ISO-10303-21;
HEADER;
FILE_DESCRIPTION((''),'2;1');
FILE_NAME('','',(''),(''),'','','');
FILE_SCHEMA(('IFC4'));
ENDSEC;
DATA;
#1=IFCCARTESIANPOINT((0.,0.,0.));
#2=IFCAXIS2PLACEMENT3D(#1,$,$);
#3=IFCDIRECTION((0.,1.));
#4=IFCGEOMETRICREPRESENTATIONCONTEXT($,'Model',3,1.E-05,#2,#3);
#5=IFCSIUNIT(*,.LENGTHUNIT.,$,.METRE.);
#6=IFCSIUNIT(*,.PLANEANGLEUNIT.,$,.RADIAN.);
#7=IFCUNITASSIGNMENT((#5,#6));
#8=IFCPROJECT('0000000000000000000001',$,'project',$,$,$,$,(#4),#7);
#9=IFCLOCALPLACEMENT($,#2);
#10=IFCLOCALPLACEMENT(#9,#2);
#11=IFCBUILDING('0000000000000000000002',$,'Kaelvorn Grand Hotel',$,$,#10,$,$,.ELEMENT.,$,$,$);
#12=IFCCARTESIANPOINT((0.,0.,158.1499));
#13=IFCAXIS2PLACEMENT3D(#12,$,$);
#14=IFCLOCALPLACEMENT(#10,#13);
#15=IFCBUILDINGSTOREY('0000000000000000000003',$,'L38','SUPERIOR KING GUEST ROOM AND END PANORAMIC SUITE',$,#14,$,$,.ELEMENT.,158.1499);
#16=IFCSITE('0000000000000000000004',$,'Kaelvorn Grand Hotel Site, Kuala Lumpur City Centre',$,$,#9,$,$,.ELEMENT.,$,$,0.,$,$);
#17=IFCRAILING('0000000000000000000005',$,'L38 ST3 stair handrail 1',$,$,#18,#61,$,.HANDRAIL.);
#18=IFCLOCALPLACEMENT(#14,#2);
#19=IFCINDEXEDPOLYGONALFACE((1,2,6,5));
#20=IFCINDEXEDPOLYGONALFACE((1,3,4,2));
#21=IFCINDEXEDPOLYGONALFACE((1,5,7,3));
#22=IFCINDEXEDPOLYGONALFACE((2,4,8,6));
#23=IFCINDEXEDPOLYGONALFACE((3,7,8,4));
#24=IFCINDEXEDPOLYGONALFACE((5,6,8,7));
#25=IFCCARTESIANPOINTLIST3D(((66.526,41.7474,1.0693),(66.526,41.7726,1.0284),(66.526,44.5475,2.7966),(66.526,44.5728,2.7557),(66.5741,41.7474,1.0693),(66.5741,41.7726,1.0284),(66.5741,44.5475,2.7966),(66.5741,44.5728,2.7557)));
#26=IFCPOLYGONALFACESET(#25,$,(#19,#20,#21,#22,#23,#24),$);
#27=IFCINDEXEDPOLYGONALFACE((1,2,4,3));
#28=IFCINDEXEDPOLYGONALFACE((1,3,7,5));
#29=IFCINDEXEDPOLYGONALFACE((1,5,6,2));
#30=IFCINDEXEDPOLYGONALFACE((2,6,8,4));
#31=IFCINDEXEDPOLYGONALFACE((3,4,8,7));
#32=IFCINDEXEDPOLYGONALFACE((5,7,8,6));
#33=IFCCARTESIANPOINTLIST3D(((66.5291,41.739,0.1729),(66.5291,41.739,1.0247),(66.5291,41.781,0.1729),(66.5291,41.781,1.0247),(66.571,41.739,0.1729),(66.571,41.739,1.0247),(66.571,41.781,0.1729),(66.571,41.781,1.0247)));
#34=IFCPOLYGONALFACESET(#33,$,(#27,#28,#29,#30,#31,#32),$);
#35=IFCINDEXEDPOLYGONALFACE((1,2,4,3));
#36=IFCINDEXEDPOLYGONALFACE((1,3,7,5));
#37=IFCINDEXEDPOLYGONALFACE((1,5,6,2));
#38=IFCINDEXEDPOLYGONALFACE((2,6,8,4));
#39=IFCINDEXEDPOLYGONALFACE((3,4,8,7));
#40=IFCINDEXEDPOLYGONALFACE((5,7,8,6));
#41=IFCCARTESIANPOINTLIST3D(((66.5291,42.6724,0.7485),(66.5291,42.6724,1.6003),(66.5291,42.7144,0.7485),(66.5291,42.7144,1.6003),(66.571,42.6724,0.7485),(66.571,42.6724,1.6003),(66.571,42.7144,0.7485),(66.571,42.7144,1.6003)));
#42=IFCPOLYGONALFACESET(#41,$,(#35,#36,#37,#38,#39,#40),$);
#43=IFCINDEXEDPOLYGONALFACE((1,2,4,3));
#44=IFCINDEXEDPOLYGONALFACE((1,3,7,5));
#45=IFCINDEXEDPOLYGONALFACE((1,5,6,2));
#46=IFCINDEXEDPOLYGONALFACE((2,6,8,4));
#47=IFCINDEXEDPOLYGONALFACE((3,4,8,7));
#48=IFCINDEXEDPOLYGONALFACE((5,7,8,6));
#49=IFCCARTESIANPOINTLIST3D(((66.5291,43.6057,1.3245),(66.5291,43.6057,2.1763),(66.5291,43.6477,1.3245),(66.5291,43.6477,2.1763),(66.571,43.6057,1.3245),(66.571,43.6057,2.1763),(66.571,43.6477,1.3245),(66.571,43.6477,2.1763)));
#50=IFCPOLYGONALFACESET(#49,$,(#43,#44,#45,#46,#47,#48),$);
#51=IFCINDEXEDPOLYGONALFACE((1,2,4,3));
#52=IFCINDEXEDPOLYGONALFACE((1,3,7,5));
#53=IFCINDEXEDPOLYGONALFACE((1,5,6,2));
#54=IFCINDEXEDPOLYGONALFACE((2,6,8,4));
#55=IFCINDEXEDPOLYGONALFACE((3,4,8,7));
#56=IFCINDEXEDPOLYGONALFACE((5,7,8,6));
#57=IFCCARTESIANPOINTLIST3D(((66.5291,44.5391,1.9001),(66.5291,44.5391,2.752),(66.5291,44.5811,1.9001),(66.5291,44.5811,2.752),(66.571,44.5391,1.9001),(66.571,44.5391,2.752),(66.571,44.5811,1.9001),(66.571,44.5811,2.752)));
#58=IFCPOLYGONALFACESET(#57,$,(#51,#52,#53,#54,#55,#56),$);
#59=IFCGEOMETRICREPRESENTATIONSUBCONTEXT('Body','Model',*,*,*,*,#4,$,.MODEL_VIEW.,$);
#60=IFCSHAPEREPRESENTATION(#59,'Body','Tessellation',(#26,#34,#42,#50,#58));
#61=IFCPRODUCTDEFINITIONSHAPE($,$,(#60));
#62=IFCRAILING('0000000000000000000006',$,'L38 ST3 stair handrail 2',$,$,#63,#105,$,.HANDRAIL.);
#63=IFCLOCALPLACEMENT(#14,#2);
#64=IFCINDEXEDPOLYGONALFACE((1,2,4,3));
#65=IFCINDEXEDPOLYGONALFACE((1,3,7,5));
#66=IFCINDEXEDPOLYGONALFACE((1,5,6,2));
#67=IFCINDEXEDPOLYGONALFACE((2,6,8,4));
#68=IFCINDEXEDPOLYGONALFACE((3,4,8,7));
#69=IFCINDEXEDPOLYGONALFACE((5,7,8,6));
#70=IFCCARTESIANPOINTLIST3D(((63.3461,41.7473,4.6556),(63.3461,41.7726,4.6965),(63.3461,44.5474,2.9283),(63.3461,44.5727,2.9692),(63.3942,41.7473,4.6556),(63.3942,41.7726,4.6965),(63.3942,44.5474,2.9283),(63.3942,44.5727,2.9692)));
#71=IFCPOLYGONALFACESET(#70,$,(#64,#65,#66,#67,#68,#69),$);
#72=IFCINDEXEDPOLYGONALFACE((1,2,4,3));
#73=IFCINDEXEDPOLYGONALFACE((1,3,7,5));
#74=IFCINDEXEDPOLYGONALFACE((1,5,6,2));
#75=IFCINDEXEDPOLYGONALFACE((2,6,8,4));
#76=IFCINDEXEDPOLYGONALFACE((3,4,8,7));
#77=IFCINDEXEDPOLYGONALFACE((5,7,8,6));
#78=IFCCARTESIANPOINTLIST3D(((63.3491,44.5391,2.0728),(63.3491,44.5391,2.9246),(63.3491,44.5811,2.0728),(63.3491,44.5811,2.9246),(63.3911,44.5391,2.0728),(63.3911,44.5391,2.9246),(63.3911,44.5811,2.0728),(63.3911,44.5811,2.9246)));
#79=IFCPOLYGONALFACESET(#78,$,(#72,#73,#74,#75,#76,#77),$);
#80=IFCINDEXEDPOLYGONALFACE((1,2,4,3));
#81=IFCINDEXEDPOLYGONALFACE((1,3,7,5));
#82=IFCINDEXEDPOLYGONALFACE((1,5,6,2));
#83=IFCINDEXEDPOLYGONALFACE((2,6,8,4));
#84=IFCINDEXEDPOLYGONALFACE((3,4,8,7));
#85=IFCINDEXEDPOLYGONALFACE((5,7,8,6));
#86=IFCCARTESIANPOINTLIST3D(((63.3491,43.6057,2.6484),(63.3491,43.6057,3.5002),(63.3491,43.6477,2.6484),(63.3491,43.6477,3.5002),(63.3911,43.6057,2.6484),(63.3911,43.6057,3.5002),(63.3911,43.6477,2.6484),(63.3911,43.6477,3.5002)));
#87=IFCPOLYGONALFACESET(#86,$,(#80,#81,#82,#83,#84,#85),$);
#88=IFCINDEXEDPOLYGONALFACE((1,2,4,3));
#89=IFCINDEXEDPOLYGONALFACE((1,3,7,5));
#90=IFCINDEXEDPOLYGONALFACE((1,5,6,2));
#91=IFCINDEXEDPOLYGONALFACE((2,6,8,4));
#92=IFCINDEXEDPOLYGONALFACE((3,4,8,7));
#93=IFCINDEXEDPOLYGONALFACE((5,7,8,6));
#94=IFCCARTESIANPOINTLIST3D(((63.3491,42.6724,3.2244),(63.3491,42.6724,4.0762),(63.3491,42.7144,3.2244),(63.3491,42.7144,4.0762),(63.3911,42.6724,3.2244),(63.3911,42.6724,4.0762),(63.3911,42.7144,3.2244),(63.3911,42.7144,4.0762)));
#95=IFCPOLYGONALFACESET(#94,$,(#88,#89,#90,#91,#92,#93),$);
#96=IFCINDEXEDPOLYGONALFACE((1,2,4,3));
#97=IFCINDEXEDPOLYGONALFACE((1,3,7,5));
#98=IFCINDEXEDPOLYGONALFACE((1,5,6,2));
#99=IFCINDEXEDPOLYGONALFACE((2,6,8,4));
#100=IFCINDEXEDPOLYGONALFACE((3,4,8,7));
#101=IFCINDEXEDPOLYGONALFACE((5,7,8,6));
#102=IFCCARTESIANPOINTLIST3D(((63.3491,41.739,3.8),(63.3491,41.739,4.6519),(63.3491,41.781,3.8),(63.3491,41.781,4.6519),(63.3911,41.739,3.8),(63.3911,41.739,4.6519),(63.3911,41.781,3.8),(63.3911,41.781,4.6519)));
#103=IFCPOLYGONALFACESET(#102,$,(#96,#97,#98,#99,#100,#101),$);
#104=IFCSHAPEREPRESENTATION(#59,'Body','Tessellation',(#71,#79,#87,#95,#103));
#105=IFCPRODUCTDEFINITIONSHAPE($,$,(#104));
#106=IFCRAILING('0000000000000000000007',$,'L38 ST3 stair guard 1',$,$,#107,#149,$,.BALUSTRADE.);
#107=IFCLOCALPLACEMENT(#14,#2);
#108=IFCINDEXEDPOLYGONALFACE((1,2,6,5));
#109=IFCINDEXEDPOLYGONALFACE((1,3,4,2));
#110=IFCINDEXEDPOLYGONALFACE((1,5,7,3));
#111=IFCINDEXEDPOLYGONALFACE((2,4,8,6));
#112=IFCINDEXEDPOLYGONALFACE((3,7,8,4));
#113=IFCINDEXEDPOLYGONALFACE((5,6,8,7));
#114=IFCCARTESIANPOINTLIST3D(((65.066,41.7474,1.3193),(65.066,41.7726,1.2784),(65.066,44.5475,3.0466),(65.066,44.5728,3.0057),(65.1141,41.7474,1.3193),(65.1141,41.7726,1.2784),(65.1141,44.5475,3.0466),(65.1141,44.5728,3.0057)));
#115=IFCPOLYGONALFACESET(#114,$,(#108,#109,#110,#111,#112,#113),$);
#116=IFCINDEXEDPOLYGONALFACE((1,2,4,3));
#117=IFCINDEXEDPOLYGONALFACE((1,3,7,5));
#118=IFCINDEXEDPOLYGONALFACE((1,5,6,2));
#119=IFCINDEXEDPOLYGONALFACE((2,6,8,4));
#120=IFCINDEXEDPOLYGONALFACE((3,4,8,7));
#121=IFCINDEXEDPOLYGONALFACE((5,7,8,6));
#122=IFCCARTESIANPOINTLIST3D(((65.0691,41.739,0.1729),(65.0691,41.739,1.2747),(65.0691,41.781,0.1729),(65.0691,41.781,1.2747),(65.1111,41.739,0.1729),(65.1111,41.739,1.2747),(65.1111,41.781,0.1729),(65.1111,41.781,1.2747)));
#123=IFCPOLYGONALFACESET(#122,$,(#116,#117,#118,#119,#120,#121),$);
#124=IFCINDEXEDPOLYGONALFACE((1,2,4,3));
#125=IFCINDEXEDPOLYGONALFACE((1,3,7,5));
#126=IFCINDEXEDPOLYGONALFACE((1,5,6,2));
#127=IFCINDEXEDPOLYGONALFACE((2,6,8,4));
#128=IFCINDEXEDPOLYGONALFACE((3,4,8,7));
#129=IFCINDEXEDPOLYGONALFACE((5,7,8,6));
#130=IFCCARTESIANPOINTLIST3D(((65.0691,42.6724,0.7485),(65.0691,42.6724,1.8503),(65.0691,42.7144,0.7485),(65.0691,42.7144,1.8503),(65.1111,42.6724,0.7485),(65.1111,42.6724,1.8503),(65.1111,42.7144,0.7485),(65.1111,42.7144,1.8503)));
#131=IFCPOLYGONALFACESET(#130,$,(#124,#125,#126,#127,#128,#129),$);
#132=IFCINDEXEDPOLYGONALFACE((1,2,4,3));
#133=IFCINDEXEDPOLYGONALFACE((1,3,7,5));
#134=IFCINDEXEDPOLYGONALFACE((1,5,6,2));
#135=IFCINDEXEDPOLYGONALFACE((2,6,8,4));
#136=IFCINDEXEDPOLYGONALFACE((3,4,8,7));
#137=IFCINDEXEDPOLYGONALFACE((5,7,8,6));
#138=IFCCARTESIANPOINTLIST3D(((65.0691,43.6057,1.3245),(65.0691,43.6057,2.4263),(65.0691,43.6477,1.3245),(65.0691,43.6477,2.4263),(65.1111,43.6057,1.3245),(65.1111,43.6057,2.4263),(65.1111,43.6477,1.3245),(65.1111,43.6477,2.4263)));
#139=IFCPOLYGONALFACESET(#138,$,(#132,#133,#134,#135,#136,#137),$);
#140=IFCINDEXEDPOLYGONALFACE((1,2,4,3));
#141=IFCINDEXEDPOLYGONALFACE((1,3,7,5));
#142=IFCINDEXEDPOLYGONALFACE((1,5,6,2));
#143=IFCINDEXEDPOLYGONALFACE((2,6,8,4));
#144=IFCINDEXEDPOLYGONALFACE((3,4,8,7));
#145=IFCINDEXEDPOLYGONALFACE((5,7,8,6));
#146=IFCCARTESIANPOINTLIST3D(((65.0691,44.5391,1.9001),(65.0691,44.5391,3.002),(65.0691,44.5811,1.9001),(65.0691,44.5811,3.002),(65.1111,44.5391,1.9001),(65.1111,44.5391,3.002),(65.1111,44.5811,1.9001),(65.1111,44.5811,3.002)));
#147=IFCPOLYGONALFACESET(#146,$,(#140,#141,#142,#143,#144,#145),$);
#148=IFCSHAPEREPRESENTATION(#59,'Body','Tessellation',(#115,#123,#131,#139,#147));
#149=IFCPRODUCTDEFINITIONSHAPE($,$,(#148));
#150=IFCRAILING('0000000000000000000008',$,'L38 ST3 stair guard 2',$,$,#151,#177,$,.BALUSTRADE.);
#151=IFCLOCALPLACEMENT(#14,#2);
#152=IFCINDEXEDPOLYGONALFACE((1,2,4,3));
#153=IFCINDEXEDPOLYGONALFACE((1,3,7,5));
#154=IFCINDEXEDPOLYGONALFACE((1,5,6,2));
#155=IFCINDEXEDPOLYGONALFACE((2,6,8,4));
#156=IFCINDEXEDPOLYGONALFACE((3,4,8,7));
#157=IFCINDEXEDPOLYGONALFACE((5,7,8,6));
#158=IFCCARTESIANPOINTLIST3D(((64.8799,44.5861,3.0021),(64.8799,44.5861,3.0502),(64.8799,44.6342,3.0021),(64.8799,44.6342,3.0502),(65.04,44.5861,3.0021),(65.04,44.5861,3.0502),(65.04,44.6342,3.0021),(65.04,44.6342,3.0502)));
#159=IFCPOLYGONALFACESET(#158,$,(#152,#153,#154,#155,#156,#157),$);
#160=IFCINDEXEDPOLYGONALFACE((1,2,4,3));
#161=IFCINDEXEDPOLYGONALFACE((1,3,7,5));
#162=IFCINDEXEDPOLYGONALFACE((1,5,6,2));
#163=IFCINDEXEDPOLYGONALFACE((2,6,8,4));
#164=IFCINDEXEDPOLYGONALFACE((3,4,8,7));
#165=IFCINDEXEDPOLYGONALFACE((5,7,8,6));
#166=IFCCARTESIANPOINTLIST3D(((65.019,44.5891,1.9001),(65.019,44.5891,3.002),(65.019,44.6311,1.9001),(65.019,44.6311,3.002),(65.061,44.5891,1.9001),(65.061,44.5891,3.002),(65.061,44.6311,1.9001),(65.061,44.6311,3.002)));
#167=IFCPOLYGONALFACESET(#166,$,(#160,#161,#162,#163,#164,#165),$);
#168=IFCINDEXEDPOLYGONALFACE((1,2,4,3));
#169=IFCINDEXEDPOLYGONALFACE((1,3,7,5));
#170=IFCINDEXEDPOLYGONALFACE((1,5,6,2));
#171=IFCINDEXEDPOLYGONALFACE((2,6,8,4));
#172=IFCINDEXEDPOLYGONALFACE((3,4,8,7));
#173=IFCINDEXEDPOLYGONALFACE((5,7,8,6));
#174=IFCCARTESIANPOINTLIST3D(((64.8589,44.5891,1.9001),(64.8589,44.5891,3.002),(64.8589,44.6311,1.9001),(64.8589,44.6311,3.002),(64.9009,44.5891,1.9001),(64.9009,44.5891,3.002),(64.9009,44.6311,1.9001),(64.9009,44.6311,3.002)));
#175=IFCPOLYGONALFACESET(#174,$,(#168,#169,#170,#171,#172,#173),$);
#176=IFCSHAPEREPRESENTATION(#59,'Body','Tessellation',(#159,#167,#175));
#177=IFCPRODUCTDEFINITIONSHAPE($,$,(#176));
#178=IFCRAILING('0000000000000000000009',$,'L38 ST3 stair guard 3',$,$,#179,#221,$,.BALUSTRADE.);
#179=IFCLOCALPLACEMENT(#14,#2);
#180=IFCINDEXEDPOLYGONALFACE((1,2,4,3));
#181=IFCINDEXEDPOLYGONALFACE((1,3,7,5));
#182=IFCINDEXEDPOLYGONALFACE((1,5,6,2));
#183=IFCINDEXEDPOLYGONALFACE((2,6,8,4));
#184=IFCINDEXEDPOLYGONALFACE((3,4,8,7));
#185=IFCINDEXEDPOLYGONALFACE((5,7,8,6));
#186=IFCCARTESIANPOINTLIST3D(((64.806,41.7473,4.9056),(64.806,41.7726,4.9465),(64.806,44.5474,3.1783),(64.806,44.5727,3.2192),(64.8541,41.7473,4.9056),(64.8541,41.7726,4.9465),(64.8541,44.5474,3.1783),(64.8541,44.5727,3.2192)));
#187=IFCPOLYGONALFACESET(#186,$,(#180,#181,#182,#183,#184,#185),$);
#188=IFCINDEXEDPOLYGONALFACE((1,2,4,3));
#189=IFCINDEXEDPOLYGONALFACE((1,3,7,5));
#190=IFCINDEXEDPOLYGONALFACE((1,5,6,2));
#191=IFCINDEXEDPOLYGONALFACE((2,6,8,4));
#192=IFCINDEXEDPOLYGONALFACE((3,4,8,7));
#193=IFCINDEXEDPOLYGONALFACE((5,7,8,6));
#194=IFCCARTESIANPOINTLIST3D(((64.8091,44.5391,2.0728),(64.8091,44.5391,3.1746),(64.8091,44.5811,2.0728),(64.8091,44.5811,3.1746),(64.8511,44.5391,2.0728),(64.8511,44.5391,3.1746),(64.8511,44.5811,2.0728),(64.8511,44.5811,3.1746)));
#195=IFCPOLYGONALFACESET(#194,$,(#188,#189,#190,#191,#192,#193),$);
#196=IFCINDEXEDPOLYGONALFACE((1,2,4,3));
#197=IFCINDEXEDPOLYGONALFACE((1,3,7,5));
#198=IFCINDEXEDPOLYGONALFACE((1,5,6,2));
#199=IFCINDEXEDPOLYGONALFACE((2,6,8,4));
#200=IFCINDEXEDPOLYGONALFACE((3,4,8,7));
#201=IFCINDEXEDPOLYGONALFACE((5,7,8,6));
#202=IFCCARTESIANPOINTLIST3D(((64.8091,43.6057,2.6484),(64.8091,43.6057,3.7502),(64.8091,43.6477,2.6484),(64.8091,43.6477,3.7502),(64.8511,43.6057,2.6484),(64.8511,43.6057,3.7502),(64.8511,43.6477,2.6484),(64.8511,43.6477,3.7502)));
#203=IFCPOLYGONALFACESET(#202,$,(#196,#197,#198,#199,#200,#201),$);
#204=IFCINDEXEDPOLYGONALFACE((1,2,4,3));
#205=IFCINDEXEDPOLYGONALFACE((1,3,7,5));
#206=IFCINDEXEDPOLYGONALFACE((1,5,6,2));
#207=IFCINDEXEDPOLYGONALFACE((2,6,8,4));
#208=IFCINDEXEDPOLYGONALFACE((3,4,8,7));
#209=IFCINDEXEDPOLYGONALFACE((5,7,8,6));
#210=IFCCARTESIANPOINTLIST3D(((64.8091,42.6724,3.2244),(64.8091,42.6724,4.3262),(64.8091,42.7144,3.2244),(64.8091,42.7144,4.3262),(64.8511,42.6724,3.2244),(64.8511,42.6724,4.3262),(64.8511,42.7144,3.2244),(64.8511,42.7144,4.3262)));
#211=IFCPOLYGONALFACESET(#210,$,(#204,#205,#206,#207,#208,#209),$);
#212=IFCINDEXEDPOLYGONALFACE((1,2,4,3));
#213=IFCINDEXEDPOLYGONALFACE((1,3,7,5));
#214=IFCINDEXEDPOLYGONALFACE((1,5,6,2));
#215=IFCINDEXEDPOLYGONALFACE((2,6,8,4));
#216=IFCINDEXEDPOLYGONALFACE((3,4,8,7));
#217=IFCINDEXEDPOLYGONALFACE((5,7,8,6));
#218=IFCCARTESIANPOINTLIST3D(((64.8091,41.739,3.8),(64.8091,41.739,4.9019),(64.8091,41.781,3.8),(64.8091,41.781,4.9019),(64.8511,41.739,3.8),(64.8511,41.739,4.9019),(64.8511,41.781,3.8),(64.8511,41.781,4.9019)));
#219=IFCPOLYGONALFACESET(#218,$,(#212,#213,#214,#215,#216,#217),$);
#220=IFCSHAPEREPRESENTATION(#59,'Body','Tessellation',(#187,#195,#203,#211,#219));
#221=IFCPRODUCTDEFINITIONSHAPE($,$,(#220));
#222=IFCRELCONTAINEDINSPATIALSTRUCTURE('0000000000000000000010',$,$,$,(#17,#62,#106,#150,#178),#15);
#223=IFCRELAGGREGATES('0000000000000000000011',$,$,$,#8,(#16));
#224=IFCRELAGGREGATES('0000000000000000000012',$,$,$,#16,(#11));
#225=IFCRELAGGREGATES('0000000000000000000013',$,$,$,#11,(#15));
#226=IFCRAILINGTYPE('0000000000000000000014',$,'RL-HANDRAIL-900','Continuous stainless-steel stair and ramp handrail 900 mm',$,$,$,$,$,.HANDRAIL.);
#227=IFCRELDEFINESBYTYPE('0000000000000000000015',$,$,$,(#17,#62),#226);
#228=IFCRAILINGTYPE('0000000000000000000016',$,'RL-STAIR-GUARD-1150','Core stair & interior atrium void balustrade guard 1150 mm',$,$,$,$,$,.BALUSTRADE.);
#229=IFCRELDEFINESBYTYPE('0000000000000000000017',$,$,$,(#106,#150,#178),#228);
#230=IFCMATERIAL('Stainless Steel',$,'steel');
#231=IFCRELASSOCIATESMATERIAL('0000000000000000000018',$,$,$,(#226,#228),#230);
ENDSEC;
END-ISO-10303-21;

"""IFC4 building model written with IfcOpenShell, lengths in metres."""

from ifc_helpers import new_model, si_unit, direction, frame, origin, origin_2d, place, context, subcontext, project, spatial, rectangle, extrude, material, type_object, element, save


model = new_model("IFC4")

# Units and contexts
model_context = context("Model", 3, precision=1e-05, world=origin(), true_north=direction((0.0, 1.0)))
body_context = subcontext(model_context, "Body", "Model", "MODEL_VIEW")
ifc_project = project(units=[si_unit("LENGTHUNIT", "METRE"), si_unit("PLANEANGLEUNIT", "RADIAN")], contexts=[model_context])

# Site, building, storey
site_placement = place(None, origin())
site = spatial("IfcSite", under=ifc_project, at=site_placement, Name="Kaelvorn Grand Hotel Site, Kuala Lumpur City Centre", CompositionType="ELEMENT", RefElevation=0.0)
building_placement = place(site_placement, origin())
building = spatial("IfcBuilding", under=site, at=building_placement, Name="Kaelvorn Grand Hotel", CompositionType="ELEMENT")
storey_placement = place(building_placement, frame((0.0, 0.0, 158.1499)))
storey = spatial("IfcBuildingStorey", under=building, at=storey_placement, Name="L38", Description="SUPERIOR KING GUEST ROOM AND END PANORAMIC SUITE", CompositionType="ELEMENT", Elevation=158.1499)

# Shared definitions
ifc_material_1 = material(Name="Stainless Steel", Category="steel")

# Railings
railing_type_1 = type_object("IfcRailingType", Name="RL-HANDRAIL-900", Description="Continuous stainless-steel stair and ramp handrail 900 mm", PredefinedType="HANDRAIL", material=ifc_material_1)
railing_1_placement = place(storey_placement, frame((66.55, 41.76, 0.1729)))
element("IfcRailing", 1, at=railing_1_placement, inside=storey, type_object=railing_type_1, Name="L38 ST3 stair handrail 1", PredefinedType="HANDRAIL", context=body_context, shape_type="SweptSolid", body=[
    extrude(rectangle(XDim=0.0481, YDim=0.0481, at=origin_2d()), frame((0.0, 0.0, 0.876), z_axis=(0.0, 0.85109, 0.52502), x_axis=(-1.0, 0.0, 0.0)), (0.0, 0.0, 1.0), 3.29),
    extrude(rectangle(XDim=0.042, YDim=0.042, at=origin_2d()), origin(), (0.0, 0.0, 1.0), 0.8518),
    extrude(rectangle(XDim=0.042, YDim=0.042, at=origin_2d()), frame((0.0, 0.9333, 0.5757)), (0.0, 0.0, 1.0), 0.8518),
    extrude(rectangle(XDim=0.042, YDim=0.042, at=origin_2d()), frame((0.0, 1.8667, 1.1516)), (0.0, 0.0, 1.0), 0.8518),
    extrude(rectangle(XDim=0.042, YDim=0.042, at=origin_2d()), frame((0.0, 2.8, 1.7273)), (0.0, 0.0, 1.0), 0.8518),
])
railing_2_placement = place(storey_placement, frame((63.3701, 44.5601, 2.0728)))
element("IfcRailing", 2, at=railing_2_placement, inside=storey, type_object=railing_type_1, Name="L38 ST3 stair handrail 2", PredefinedType="HANDRAIL", context=body_context, shape_type="SweptSolid", body=[
    extrude(rectangle(XDim=0.0481, YDim=0.0481, at=origin_2d()), frame((0.0, 0.0, 0.876), z_axis=(0.0, -0.85109, 0.52502), x_axis=(1.0, 0.0, 0.0)), (0.0, 0.0, 1.0), 3.29),
    extrude(rectangle(XDim=0.042, YDim=0.042, at=origin_2d()), origin(), (0.0, 0.0, 1.0), 0.8518),
    extrude(rectangle(XDim=0.042, YDim=0.042, at=origin_2d()), frame((0.0, -0.9333, 0.5757)), (0.0, 0.0, 1.0), 0.8518),
    extrude(rectangle(XDim=0.042, YDim=0.042, at=origin_2d()), frame((0.0, -1.8667, 1.1516)), (0.0, 0.0, 1.0), 0.8518),
    extrude(rectangle(XDim=0.042, YDim=0.042, at=origin_2d()), frame((0.0, -2.8, 1.7273)), (0.0, 0.0, 1.0), 0.8518),
])
railing_type_2 = type_object("IfcRailingType", Name="RL-STAIR-GUARD-1150", Description="Core stair & interior atrium void balustrade guard 1150 mm", PredefinedType="BALUSTRADE", material=ifc_material_1)
railing_3_placement = place(storey_placement, frame((65.0901, 41.76, 0.1729)))
element("IfcRailing", 3, at=railing_3_placement, inside=storey, type_object=railing_type_2, Name="L38 ST3 stair guard 1", PredefinedType="BALUSTRADE", context=body_context, shape_type="SweptSolid", body=[
    extrude(rectangle(XDim=0.0481, YDim=0.0481, at=origin_2d()), frame((0.0, 0.0, 1.126), z_axis=(0.0, 0.85109, 0.52502), x_axis=(-1.0, 0.0, 0.0)), (0.0, 0.0, 1.0), 3.29),
    extrude(rectangle(XDim=0.042, YDim=0.042, at=origin_2d()), origin(), (0.0, 0.0, 1.0), 1.1018),
    extrude(rectangle(XDim=0.042, YDim=0.042, at=origin_2d()), frame((0.0, 0.9333, 0.5757)), (0.0, 0.0, 1.0), 1.1018),
    extrude(rectangle(XDim=0.042, YDim=0.042, at=origin_2d()), frame((0.0, 1.8667, 1.1516)), (0.0, 0.0, 1.0), 1.1018),
    extrude(rectangle(XDim=0.042, YDim=0.042, at=origin_2d()), frame((0.0, 2.8, 1.7273)), (0.0, 0.0, 1.0), 1.1018),
])
railing_4_placement = place(storey_placement, frame((65.04, 44.6101, 1.9001)))
element("IfcRailing", 4, at=railing_4_placement, inside=storey, type_object=railing_type_2, Name="L38 ST3 stair guard 2", PredefinedType="BALUSTRADE", context=body_context, shape_type="SweptSolid", body=[
    extrude(rectangle(XDim=0.0481, YDim=0.0481, at=origin_2d()), frame((0.0, 0.0, 1.126), z_axis=(-1.0, 0.0, 0.0), x_axis=(0.0, -1.0, 0.0)), (0.0, 0.0, 1.0), 0.1602),
    extrude(rectangle(XDim=0.042, YDim=0.042, at=origin_2d()), origin(), (0.0, 0.0, 1.0), 1.1018),
    extrude(rectangle(XDim=0.042, YDim=0.042, at=origin_2d()), frame((-0.1602, 0.0, 0.0)), (0.0, 0.0, 1.0), 1.1018),
])
railing_5_placement = place(storey_placement, frame((64.8301, 44.5601, 2.0728)))
element("IfcRailing", 5, at=railing_5_placement, inside=storey, type_object=railing_type_2, Name="L38 ST3 stair guard 3", PredefinedType="BALUSTRADE", context=body_context, shape_type="SweptSolid", body=[
    extrude(rectangle(XDim=0.0481, YDim=0.0481, at=origin_2d()), frame((0.0, 0.0, 1.126), z_axis=(0.0, -0.85109, 0.52502), x_axis=(1.0, 0.0, 0.0)), (0.0, 0.0, 1.0), 3.29),
    extrude(rectangle(XDim=0.042, YDim=0.042, at=origin_2d()), origin(), (0.0, 0.0, 1.0), 1.1018),
    extrude(rectangle(XDim=0.042, YDim=0.042, at=origin_2d()), frame((0.0, -0.9333, 0.5757)), (0.0, 0.0, 1.0), 1.1018),
    extrude(rectangle(XDim=0.042, YDim=0.042, at=origin_2d()), frame((0.0, -1.8667, 1.1516)), (0.0, 0.0, 1.0), 1.1018),
    extrude(rectangle(XDim=0.042, YDim=0.042, at=origin_2d()), frame((0.0, -2.8, 1.7273)), (0.0, 0.0, 1.0), 1.1018),
])

save(model, "model.ifc")
